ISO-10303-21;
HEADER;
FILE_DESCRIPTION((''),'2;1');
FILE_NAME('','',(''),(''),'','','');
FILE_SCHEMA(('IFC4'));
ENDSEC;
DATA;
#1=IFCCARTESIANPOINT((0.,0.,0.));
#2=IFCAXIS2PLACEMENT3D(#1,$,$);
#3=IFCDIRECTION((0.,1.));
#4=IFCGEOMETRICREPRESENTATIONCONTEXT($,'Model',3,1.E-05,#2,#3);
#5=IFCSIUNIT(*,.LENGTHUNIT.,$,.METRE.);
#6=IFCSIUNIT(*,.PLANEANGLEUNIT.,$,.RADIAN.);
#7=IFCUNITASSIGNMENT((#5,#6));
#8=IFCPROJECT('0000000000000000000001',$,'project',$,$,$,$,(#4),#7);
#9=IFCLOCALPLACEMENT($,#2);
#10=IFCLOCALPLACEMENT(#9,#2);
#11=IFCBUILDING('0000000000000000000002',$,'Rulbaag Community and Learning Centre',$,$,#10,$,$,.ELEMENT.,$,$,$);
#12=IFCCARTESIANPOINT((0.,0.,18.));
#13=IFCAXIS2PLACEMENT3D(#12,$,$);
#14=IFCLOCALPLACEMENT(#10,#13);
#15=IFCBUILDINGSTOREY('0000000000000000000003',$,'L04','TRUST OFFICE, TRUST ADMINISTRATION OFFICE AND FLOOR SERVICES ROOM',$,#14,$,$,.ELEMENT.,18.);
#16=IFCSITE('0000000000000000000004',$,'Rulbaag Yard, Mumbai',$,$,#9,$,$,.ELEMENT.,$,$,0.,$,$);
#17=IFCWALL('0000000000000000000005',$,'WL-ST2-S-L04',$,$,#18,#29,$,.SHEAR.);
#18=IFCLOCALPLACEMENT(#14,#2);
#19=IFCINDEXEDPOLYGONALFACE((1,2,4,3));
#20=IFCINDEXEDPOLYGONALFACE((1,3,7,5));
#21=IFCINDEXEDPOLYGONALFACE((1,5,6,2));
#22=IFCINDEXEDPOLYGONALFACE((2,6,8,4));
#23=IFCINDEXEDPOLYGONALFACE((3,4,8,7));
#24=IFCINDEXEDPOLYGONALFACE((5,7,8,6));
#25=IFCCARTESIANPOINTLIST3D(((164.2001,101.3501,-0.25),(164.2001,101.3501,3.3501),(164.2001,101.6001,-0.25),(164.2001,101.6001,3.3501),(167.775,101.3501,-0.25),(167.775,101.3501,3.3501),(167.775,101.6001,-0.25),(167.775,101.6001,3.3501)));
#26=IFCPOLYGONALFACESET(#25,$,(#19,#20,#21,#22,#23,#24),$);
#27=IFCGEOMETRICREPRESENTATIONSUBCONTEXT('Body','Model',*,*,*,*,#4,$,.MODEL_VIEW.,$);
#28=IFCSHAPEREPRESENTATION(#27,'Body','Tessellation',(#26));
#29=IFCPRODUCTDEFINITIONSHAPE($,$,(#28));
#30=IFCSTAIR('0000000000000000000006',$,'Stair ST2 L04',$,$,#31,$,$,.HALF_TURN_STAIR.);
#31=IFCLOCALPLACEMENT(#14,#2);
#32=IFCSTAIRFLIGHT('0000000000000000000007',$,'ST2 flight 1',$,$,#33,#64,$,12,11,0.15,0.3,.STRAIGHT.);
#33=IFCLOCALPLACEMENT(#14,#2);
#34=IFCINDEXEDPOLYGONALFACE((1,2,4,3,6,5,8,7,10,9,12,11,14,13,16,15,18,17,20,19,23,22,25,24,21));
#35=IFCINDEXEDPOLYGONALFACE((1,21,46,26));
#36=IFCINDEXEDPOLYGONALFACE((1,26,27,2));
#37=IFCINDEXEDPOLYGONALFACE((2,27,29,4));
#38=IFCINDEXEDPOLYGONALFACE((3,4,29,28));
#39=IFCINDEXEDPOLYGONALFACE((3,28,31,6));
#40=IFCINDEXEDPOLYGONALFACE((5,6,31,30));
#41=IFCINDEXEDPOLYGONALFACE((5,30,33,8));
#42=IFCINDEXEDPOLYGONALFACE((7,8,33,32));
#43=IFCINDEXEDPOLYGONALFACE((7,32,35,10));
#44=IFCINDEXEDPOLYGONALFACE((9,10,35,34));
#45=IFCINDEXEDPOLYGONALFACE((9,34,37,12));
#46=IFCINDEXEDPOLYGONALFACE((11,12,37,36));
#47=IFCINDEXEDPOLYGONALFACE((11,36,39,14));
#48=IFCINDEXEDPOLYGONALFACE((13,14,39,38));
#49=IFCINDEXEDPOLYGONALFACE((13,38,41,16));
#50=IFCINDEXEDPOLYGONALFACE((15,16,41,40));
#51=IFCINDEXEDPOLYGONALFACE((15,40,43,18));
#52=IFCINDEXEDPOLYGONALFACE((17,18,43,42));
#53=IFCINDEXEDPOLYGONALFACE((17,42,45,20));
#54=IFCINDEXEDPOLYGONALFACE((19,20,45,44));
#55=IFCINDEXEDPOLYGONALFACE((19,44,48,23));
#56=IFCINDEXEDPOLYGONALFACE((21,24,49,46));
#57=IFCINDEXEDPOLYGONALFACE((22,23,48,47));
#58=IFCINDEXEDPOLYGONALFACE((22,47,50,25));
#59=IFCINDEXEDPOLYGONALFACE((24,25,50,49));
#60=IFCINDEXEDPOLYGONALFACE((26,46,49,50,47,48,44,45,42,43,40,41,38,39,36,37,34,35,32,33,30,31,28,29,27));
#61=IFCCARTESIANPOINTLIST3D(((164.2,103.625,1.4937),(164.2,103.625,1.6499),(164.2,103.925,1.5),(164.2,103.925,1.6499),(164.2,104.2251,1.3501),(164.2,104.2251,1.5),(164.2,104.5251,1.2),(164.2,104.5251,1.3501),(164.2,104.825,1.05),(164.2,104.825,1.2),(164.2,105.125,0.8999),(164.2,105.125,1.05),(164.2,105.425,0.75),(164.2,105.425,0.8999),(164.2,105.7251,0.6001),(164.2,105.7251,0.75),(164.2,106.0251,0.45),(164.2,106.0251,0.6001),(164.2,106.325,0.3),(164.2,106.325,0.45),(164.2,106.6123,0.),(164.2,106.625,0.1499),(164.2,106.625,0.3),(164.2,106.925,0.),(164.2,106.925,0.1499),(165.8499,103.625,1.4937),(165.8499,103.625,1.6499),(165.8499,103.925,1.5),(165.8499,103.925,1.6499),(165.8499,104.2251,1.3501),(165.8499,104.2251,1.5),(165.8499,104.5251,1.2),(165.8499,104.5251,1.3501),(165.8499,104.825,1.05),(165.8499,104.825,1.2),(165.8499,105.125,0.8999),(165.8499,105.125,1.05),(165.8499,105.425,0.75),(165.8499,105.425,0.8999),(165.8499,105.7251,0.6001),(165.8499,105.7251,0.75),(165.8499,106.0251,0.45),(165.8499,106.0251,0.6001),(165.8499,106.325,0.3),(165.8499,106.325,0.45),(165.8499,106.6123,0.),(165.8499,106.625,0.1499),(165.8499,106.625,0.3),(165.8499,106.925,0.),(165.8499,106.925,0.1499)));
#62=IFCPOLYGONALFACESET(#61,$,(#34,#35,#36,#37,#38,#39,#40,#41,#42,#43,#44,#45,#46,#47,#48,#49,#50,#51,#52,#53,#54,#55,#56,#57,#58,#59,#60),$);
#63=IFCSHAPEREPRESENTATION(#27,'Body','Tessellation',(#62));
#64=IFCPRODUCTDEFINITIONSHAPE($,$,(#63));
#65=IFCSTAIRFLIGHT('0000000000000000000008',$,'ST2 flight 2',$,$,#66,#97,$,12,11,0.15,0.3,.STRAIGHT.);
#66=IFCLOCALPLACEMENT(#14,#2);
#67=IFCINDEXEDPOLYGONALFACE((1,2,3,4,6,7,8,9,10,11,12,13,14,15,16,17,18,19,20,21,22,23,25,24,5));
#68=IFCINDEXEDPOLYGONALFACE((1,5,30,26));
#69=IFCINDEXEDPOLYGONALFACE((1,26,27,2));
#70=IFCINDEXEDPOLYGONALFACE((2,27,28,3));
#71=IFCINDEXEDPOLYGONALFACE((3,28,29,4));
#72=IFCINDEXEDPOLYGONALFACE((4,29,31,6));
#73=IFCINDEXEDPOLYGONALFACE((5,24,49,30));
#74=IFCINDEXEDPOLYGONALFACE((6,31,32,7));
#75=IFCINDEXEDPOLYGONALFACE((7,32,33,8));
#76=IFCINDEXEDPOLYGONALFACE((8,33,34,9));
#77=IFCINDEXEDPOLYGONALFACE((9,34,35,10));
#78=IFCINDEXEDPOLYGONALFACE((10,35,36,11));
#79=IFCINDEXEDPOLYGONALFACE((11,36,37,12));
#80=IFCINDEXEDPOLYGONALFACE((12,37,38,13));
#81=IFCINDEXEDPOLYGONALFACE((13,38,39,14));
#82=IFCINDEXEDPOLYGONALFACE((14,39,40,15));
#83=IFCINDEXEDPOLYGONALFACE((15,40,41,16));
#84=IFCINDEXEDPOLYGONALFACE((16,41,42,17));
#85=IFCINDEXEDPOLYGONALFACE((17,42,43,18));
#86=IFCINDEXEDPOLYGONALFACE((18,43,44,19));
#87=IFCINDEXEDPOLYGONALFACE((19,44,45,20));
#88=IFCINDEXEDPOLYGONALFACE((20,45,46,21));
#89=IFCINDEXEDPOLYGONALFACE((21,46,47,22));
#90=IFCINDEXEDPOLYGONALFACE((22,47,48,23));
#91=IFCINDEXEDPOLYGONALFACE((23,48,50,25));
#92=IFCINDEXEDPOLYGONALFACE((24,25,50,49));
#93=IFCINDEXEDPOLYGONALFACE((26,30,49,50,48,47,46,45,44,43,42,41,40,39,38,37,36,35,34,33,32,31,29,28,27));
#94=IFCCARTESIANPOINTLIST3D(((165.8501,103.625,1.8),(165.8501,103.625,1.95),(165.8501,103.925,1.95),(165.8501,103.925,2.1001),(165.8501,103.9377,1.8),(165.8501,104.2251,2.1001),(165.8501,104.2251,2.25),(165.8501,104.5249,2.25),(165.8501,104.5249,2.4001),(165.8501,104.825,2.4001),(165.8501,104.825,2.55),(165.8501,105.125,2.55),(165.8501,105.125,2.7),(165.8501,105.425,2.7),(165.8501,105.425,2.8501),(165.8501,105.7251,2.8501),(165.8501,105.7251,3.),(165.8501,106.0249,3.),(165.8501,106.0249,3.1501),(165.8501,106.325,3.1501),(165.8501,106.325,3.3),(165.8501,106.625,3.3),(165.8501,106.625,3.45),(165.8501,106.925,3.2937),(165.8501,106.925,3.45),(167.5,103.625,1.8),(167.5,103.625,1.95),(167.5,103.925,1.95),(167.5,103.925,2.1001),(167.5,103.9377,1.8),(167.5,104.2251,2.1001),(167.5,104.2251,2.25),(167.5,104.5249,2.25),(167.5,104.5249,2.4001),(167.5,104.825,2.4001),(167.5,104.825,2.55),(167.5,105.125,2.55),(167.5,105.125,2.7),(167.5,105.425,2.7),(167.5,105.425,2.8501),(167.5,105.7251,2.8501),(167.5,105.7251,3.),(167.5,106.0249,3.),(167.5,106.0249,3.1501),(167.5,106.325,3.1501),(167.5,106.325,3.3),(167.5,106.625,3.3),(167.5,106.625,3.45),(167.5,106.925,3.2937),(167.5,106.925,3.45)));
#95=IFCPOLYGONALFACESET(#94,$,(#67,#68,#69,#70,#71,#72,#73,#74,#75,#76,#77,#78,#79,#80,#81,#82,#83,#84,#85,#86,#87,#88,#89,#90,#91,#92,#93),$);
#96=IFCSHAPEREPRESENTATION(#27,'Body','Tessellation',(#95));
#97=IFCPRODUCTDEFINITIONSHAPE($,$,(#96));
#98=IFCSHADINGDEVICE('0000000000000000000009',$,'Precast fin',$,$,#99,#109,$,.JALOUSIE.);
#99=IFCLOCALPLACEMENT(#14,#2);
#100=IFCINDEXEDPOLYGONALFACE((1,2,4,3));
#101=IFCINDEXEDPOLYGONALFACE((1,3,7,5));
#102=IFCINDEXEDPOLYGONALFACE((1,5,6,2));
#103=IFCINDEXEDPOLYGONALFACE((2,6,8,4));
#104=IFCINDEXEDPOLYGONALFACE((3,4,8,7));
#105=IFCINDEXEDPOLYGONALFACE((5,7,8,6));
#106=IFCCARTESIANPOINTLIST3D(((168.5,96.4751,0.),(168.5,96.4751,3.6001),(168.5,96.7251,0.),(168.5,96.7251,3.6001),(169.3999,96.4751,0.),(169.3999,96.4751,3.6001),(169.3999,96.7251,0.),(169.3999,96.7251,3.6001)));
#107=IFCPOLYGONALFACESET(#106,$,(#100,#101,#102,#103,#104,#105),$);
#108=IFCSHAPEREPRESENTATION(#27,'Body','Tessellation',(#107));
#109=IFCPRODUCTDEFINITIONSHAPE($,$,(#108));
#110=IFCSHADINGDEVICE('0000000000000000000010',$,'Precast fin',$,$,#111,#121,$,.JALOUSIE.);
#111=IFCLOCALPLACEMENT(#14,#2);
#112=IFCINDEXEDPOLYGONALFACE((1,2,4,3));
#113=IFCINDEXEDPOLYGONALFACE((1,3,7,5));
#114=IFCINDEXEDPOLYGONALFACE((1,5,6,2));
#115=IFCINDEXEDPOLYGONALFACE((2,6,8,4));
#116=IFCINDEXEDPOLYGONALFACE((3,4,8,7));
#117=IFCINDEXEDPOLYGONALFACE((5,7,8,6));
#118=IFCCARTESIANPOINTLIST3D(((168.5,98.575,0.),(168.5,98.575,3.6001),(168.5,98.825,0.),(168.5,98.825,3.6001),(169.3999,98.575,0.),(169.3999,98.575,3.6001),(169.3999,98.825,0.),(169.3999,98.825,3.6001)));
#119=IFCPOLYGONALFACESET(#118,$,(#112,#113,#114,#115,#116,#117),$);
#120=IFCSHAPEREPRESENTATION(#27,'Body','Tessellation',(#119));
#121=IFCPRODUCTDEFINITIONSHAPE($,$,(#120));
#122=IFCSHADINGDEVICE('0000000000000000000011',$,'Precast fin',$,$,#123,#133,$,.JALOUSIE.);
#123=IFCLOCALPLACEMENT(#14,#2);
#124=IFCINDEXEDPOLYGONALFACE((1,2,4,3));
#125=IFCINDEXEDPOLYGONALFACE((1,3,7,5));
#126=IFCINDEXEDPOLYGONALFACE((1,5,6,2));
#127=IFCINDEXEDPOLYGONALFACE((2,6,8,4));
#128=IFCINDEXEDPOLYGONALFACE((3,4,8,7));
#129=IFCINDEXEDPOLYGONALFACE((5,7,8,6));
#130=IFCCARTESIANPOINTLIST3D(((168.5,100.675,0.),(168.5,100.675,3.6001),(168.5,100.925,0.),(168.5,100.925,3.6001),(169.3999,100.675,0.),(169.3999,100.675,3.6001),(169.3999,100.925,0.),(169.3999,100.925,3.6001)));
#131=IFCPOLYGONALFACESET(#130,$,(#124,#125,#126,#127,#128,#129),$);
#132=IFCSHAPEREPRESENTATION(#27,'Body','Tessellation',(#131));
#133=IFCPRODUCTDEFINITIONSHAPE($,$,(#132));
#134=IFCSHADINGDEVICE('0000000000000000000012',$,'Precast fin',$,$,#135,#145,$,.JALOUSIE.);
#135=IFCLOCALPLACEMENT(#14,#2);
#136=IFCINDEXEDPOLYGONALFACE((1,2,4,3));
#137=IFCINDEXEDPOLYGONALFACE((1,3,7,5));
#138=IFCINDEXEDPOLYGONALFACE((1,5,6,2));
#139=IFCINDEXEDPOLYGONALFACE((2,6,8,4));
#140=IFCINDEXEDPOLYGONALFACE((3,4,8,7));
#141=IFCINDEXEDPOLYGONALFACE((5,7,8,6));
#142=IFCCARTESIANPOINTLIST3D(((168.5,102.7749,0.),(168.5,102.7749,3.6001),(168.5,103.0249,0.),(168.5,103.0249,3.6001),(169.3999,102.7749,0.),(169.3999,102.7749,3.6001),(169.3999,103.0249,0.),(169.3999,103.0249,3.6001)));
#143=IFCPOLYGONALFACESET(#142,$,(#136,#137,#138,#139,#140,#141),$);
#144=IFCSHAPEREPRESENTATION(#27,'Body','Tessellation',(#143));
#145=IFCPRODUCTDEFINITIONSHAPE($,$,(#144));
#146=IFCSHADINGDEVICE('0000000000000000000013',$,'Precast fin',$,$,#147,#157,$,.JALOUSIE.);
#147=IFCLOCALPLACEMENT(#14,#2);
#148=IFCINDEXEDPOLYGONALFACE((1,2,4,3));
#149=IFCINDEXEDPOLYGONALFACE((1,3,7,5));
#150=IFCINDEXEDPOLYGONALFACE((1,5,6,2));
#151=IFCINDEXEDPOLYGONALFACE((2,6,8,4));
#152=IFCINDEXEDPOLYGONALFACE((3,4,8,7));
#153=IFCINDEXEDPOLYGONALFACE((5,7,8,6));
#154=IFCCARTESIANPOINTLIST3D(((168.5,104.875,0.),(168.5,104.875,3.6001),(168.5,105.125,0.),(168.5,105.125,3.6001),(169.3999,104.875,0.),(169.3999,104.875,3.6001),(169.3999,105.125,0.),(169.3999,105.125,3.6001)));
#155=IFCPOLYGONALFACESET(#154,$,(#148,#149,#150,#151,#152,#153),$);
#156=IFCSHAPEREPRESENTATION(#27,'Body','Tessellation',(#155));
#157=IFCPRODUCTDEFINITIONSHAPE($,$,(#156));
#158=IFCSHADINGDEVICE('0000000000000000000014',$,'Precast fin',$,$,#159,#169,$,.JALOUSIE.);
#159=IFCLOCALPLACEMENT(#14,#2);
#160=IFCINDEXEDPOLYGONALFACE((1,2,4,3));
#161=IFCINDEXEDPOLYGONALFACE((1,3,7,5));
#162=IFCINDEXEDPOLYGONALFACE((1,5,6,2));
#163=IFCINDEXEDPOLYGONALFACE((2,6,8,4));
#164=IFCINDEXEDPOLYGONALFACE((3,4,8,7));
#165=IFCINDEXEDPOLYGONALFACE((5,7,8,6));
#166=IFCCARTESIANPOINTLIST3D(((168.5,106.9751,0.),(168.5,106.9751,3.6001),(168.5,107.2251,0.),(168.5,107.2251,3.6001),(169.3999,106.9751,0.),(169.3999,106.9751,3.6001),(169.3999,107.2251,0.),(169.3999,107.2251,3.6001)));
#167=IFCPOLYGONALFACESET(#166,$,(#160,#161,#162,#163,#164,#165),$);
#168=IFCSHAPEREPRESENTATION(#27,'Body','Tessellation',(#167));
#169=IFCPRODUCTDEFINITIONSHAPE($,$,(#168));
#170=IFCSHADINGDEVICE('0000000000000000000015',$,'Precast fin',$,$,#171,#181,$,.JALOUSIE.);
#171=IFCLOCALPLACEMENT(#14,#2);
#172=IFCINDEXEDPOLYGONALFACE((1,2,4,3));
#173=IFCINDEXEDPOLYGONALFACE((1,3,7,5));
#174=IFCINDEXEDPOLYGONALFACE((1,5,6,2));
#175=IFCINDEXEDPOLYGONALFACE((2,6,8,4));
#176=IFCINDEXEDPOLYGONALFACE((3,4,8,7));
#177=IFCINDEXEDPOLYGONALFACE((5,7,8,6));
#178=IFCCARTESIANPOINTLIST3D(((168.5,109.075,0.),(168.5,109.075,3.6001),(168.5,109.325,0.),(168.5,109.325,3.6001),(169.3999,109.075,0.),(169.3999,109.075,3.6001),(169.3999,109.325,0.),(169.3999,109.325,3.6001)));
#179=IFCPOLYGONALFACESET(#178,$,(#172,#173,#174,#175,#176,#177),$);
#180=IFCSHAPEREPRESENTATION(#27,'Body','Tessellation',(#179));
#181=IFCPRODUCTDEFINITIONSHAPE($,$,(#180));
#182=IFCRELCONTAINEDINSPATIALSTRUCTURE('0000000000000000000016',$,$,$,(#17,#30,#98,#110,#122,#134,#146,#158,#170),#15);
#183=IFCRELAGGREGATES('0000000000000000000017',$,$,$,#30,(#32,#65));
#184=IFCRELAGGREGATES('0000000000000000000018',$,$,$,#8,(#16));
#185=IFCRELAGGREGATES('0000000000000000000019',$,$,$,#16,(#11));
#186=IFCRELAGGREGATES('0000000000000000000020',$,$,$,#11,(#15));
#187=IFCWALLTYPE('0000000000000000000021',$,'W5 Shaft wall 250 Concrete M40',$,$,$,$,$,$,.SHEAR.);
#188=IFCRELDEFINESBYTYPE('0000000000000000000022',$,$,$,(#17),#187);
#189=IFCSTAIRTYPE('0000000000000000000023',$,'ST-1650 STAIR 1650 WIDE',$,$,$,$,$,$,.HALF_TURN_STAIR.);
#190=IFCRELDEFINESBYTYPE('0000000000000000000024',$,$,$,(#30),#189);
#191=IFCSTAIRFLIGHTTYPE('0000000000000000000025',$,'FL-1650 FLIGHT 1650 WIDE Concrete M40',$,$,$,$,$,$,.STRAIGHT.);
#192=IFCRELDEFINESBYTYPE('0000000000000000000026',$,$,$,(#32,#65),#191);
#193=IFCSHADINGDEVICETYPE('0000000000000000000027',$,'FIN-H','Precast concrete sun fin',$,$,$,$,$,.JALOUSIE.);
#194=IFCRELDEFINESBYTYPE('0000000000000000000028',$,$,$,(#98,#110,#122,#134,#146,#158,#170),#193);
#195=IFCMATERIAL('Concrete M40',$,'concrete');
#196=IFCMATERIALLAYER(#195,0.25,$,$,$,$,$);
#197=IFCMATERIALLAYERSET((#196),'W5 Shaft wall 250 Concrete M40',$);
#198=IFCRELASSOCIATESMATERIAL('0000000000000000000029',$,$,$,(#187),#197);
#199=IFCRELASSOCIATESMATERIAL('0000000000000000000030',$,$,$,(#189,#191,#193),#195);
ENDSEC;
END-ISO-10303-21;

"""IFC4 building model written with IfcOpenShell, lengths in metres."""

from ifc_helpers import new_model, si_unit, direction, frame, frame_2d, origin, origin_2d, place, context, subcontext, project, spatial, polyline, rectangle, outline, extrude, material, layer, layer_set, material_profile, profile_set, type_object, element, aggregate, save


model = new_model("IFC4")

# Units and contexts
model_context = context("Model", 3, precision=1e-05, world=origin(), true_north=direction((0.0, 1.0)))
body_context = subcontext(model_context, "Body", "Model", "MODEL_VIEW")
ifc_project = project(units=[si_unit("LENGTHUNIT", "METRE"), si_unit("PLANEANGLEUNIT", "RADIAN")], contexts=[model_context])

# Site, building, storey
site_placement = place(None, origin())
site = spatial("IfcSite", under=ifc_project, at=site_placement, Name="Rulbaag Yard, Mumbai", CompositionType="ELEMENT", RefElevation=0.0)
building_placement = place(site_placement, origin())
building = spatial("IfcBuilding", under=site, at=building_placement, Name="Rulbaag Community and Learning Centre", CompositionType="ELEMENT")
storey_placement = place(building_placement, frame((0.0, 0.0, 18.0)))
storey = spatial("IfcBuildingStorey", under=building, at=storey_placement, Name="L04", Description="TRUST OFFICE, TRUST ADMINISTRATION OFFICE AND FLOOR SERVICES ROOM", CompositionType="ELEMENT", Elevation=18.0)

# Shared definitions
ifc_material_1 = material(Name="Concrete M40", Category="concrete")

# Shared definitions
ifc_layer_1 = layer(ifc_material_1, 0.25)
ifc_layer_set_1 = layer_set([ifc_layer_1], Name="W5 Shaft wall 250 Concrete M40")
wall_type_1 = type_object("IfcWallType", Name="W5 Shaft wall 250 Concrete M40", PredefinedType="SHEAR", material=ifc_layer_set_1)

# Wall
wall_1_placement = place(storey_placement, frame((164.2, 101.4751, -0.25), z_axis=(0.0, 0.0, 1.0), x_axis=(1.0, 0.0, 0.0)))
element("IfcWall", 1, at=wall_1_placement, inside=storey, type_object=wall_type_1, Name="WL-ST2-S-L04", PredefinedType="SHEAR", context=body_context, shape_type="SweptSolid", body=[
    extrude(rectangle(XDim=3.575, YDim=0.25, at=frame_2d((1.7876, 0.0))), origin(), (0.0, 0.0, 1.0), 3.6001),
])

# Stair, stair flights
stair_type = type_object("IfcStairType", Name="ST-1650 STAIR 1650 WIDE", PredefinedType="HALF_TURN_STAIR", material=ifc_material_1)
stair_placement = place(storey_placement, origin())
stair = element("IfcStair", 2, at=stair_placement, inside=storey, type_object=stair_type, Name="Stair ST2 L04", PredefinedType="HALF_TURN_STAIR")
stair_flight_type = type_object("IfcStairFlightType", Name="FL-1650 FLIGHT 1650 WIDE Concrete M40", PredefinedType="STRAIGHT", material=ifc_material_1)
stair_flight_1_placement = place(storey_placement, frame((165.0249, 106.925, 0.0), z_axis=(0.0, 0.0, 1.0), x_axis=(0.0, -1.0, 0.0)))
stair_flight_1 = element("IfcStairFlight", 3, at=stair_flight_1_placement, type_object=stair_flight_type, Name="ST2 flight 1", NumberOfRisers=12, NumberOfTreads=11, PredefinedType="STRAIGHT", RiserHeight=0.15, TreadLength=0.3, context=body_context, shape_type="SweptSolid", body=[
    extrude(outline(polyline([(0.0, 0.0), (0.0, 0.1499), (0.3, 0.1499), (0.3, 0.3), (0.6001, 0.3), (0.6001, 0.45), (0.8999, 0.45), (0.8999, 0.6001), (1.2, 0.6001), (1.2, 0.75), (1.5, 0.75), (1.5, 0.8999), (1.8, 0.8999), (1.8, 1.05), (2.1001, 1.05), (2.1001, 1.2), (2.3999, 1.2), (2.3999, 1.3501), (2.7, 1.3501), (2.7, 1.5), (3.0, 1.5), (3.0, 1.6499), (3.3, 1.6499), (3.3, 1.4937), (0.3127, 0.0), (0.0, 0.0)])), frame((0.0, 0.825, 0.0), z_axis=(0.0, -1.0, 0.0), x_axis=(1.0, 0.0, 0.0)), (0.0, 0.0, 1.0), 1.6499),
])
stair_flight_2_placement = place(storey_placement, frame((166.675, 103.625, 1.8), z_axis=(0.0, 0.0, 1.0), x_axis=(0.0, 1.0, 0.0)))
stair_flight_2 = element("IfcStairFlight", 4, at=stair_flight_2_placement, type_object=stair_flight_type, Name="ST2 flight 2", NumberOfRisers=12, NumberOfTreads=11, PredefinedType="STRAIGHT", RiserHeight=0.15, TreadLength=0.3, context=body_context, shape_type="SweptSolid", body=[
    extrude(outline(polyline([(0.0, 0.0), (0.0, 0.1499), (0.3, 0.1499), (0.3, 0.3), (0.6001, 0.3), (0.6001, 0.45), (0.8999, 0.45), (0.8999, 0.6001), (1.2, 0.6001), (1.2, 0.75), (1.5, 0.75), (1.5, 0.8999), (1.8, 0.8999), (1.8, 1.05), (2.1001, 1.05), (2.1001, 1.2), (2.3999, 1.2), (2.3999, 1.3501), (2.7, 1.3501), (2.7, 1.5), (3.0, 1.5), (3.0, 1.6499), (3.3, 1.6499), (3.3, 1.4937), (0.3127, 0.0), (0.0, 0.0)])), frame((0.0, 0.825, 0.0), z_axis=(0.0, -1.0, 0.0), x_axis=(1.0, 0.0, 0.0)), (0.0, 0.0, 1.0), 1.6499),
])
aggregate(stair, [stair_flight_1, stair_flight_2])

# Shading devices
ifc_material_profile_1 = material_profile(ifc_material_1, rectangle(XDim=0.25, YDim=0.8999, at=origin_2d()), Name="PC 250x900")
ifc_profile_set_1 = profile_set([ifc_material_profile_1], Name="Concrete M40")
shading_device_type = type_object("IfcShadingDeviceType", Name="FIN-H", Description="Precast concrete sun fin", PredefinedType="JALOUSIE", material=ifc_profile_set_1)
for number, where, z_axis, x_axis, name in (
    (5, (168.95, 96.6001, 0.0), (0.0, 0.0, 1.0), (0.0, 1.0, 0.0), "Precast fin"),
    (6, (168.95, 98.7, 0.0), (0.0, 0.0, 1.0), (0.0, 1.0, 0.0), "Precast fin"),
    (7, (168.95, 100.8, 0.0), (0.0, 0.0, 1.0), (0.0, 1.0, 0.0), "Precast fin"),
    (8, (168.95, 102.8999, 0.0), (0.0, 0.0, 1.0), (0.0, 1.0, 0.0), "Precast fin"),
    (9, (168.95, 105.0, 0.0), (0.0, 0.0, 1.0), (0.0, 1.0, 0.0), "Precast fin"),
    (10, (168.95, 107.1001, 0.0), (0.0, 0.0, 1.0), (0.0, 1.0, 0.0), "Precast fin"),
    (11, (168.95, 109.2, 0.0), (0.0, 0.0, 1.0), (0.0, 1.0, 0.0), "Precast fin"),
):
    element("IfcShadingDevice", number, at=place(storey_placement, frame(where, z_axis=z_axis, x_axis=x_axis)), inside=storey, type_object=shading_device_type, Name=name, PredefinedType="JALOUSIE", context=body_context, shape_type="SweptSolid", body=[
        extrude(rectangle(XDim=0.25, YDim=0.8999, at=origin_2d()), origin(), (0.0, 0.0, 1.0), 3.6001),
    ])

save(model, "model.ifc")
